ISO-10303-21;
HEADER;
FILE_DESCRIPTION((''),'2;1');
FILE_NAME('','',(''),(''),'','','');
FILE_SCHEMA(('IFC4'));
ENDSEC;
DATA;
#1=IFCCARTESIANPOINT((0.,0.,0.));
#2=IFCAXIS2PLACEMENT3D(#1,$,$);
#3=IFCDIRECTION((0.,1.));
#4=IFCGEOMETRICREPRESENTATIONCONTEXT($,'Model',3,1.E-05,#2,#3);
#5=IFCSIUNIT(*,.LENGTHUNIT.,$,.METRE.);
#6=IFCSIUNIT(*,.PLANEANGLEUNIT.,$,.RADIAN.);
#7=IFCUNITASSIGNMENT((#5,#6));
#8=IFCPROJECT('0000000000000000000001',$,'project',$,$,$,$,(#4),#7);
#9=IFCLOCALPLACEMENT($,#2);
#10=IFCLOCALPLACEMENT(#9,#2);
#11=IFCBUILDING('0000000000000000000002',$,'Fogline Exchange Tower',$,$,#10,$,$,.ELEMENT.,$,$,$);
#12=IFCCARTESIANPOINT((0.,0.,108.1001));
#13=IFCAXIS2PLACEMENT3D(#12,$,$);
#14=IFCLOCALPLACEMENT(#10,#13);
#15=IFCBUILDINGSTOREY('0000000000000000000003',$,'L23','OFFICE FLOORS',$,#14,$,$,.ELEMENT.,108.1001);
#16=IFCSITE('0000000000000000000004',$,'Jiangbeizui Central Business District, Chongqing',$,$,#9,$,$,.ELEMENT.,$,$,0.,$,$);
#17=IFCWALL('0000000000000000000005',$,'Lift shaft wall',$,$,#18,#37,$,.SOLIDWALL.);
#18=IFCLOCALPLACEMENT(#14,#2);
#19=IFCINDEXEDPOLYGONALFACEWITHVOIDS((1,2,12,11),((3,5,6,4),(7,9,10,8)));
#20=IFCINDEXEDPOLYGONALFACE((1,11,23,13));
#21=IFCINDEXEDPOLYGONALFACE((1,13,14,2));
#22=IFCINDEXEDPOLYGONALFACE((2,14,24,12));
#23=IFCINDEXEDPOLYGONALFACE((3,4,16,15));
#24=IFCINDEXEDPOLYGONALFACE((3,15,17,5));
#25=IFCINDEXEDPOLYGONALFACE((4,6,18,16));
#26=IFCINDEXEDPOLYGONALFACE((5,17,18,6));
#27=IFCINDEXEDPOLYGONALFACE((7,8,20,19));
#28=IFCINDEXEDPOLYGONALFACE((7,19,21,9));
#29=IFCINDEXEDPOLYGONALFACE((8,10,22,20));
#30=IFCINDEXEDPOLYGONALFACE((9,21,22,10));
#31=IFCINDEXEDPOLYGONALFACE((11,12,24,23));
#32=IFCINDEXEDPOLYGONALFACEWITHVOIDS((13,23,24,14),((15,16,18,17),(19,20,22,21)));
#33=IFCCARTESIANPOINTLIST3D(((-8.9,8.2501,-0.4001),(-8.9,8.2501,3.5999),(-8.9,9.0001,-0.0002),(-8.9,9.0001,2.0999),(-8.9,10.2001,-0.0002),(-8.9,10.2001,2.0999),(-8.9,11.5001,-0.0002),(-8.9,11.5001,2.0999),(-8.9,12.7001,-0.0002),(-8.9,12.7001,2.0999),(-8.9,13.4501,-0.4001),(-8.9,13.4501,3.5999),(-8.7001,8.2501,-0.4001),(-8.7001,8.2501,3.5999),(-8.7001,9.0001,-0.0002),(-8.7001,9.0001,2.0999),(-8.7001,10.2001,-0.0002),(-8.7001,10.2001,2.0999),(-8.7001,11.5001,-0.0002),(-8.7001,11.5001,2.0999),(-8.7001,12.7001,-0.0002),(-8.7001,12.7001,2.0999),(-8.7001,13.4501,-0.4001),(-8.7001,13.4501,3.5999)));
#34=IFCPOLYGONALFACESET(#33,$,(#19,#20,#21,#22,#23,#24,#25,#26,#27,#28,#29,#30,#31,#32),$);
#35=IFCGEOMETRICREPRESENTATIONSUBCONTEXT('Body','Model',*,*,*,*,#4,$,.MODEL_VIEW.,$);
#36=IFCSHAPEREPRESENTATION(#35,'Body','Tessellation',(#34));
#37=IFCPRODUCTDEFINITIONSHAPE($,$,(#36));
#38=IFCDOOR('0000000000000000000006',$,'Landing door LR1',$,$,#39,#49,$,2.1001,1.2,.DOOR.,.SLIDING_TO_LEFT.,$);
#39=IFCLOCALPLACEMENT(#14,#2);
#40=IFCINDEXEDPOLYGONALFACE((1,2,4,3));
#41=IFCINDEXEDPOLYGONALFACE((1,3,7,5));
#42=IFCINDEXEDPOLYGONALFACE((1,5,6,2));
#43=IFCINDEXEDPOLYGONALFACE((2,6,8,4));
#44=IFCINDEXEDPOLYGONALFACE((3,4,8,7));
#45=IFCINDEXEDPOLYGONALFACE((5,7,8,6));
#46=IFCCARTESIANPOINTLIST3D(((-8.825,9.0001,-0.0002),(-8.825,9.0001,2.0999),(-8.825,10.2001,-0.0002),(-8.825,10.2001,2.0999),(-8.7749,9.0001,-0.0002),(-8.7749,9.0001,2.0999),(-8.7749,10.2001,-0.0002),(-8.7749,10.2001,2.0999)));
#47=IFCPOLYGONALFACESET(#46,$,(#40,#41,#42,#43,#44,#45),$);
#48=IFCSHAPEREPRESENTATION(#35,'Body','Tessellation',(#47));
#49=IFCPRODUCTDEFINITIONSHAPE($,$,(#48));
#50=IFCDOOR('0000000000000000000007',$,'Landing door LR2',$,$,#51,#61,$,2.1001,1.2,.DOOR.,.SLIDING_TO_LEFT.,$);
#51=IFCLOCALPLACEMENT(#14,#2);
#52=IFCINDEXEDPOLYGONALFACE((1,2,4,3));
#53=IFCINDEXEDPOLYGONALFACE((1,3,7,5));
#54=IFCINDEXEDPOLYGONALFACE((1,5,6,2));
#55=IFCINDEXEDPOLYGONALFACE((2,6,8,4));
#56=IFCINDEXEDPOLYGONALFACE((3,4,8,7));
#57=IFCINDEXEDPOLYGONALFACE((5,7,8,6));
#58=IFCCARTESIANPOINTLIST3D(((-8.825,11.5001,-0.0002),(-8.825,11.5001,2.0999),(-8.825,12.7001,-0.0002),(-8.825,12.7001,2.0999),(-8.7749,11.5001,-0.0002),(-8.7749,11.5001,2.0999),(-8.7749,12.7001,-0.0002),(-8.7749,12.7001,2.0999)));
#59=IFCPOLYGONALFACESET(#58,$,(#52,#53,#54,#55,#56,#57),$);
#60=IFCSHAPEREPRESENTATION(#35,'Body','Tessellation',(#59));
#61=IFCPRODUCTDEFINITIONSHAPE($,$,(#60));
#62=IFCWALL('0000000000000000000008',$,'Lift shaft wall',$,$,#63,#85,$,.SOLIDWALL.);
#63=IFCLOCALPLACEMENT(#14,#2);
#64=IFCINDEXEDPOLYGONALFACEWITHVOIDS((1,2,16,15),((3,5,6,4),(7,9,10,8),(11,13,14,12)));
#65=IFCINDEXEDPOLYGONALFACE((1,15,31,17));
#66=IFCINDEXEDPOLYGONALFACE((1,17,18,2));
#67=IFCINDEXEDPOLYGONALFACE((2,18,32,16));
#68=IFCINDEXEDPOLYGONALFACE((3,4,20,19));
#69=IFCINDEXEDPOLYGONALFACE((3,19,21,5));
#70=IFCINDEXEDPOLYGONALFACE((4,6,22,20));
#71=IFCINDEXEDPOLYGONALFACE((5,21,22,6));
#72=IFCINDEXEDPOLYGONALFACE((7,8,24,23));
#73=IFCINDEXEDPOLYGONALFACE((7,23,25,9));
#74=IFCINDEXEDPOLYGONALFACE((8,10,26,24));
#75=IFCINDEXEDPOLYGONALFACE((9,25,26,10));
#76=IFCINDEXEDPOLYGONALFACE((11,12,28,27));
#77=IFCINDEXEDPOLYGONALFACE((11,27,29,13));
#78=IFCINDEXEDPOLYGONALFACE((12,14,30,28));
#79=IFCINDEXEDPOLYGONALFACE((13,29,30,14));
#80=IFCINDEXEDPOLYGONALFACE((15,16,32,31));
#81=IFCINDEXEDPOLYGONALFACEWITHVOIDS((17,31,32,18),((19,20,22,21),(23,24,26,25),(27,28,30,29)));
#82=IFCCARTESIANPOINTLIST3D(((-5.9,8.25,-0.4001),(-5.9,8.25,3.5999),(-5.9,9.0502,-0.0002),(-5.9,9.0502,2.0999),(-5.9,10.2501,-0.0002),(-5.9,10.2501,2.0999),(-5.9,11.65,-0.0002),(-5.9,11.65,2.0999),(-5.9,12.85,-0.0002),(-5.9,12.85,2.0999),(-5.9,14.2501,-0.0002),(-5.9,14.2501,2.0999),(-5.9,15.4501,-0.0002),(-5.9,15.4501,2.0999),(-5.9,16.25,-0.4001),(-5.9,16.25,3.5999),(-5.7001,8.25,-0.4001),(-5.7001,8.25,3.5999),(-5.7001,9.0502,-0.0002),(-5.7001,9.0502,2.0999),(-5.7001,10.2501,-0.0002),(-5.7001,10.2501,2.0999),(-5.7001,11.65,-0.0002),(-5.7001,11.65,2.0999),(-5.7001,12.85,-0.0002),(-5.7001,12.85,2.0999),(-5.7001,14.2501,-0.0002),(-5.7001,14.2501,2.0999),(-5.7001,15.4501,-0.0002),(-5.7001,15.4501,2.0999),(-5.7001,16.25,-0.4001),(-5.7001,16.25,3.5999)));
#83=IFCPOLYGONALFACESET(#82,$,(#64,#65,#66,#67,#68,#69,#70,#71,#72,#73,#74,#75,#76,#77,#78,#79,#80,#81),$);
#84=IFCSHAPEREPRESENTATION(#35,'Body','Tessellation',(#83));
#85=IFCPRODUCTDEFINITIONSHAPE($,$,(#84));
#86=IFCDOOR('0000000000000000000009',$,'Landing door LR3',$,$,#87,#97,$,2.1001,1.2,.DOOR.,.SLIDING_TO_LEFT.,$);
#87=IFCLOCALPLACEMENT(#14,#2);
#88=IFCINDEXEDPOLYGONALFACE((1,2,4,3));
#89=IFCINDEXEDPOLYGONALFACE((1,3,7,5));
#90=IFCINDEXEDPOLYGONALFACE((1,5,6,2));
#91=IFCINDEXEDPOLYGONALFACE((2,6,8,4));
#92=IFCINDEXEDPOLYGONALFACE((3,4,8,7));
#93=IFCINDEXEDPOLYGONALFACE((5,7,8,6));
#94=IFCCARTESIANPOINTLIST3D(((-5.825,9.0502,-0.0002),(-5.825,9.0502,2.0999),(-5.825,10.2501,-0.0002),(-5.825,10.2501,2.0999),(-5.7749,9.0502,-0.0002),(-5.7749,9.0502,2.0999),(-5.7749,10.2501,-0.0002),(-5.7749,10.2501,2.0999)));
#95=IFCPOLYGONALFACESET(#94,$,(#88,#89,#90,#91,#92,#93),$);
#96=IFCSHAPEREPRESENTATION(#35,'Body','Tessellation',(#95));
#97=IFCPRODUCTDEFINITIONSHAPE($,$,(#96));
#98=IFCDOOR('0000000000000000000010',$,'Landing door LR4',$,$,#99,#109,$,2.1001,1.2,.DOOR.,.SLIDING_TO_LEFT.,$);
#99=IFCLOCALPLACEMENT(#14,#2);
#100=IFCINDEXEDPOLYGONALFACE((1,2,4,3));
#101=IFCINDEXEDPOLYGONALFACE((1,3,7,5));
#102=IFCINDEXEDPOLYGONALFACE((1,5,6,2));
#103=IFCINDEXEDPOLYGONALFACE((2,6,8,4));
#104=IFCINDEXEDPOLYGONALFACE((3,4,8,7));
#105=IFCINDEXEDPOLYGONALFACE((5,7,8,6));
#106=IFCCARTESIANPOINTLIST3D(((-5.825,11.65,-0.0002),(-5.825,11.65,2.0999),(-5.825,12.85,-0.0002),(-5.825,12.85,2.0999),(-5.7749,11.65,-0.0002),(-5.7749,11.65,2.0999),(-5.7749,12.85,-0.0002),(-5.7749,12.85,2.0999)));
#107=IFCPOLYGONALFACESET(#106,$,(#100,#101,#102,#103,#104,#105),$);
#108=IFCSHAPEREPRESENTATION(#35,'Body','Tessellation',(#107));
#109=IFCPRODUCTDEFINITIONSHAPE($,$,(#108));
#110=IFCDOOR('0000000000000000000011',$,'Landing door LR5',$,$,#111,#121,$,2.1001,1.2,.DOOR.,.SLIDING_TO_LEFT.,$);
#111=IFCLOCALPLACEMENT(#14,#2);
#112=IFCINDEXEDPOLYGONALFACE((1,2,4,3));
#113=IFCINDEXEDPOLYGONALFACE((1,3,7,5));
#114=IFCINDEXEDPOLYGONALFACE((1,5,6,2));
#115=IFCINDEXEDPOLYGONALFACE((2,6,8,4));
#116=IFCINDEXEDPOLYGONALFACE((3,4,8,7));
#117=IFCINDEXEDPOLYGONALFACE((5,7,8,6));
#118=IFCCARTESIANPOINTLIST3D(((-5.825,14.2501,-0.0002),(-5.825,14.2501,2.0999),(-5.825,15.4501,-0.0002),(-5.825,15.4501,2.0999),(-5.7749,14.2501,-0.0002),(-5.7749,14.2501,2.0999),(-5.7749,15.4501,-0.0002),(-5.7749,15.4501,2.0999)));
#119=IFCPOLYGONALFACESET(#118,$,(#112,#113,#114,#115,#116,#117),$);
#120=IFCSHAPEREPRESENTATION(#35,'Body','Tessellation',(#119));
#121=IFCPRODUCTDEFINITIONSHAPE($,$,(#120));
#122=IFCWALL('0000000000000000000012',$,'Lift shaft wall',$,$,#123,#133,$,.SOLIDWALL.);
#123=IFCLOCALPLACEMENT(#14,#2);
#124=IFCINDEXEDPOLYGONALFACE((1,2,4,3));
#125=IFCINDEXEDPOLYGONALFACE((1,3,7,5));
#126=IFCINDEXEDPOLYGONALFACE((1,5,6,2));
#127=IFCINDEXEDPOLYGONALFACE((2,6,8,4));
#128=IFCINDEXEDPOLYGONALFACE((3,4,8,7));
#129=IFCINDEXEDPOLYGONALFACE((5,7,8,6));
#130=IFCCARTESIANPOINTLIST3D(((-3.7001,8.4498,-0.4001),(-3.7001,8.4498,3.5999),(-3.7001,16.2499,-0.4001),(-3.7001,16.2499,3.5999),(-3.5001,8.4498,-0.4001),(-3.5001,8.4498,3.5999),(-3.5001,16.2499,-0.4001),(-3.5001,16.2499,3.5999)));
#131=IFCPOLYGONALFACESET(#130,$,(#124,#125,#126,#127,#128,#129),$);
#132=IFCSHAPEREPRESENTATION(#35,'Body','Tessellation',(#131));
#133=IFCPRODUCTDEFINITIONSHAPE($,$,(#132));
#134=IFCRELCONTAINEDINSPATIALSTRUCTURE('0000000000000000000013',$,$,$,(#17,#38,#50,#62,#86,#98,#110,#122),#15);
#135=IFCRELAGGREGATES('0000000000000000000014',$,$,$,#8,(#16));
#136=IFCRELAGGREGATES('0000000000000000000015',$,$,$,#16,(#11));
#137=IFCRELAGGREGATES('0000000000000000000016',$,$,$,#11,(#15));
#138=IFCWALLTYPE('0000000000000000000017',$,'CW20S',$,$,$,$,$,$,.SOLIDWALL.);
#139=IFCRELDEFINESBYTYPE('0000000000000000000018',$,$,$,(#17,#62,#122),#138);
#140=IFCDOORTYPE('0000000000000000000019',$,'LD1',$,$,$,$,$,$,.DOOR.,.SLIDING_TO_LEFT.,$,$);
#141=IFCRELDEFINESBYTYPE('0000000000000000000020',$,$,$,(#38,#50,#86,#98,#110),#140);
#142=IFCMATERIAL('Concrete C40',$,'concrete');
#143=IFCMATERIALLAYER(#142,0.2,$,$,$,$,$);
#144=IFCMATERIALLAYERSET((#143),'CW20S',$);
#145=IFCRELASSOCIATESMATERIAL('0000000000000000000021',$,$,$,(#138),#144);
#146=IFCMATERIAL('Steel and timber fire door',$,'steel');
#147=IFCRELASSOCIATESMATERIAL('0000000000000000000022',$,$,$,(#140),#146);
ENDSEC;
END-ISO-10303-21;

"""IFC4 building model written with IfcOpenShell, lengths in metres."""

from ifc_helpers import new_model, si_unit, direction, frame, frame_2d, origin, place, context, subcontext, project, spatial, rectangle, extrude, material, layer, layer_set, type_object, element, fill, save


model = new_model("IFC4")

# Units and contexts
model_context = context("Model", 3, precision=1e-05, world=origin(), true_north=direction((0.0, 1.0)))
body_context = subcontext(model_context, "Body", "Model", "MODEL_VIEW")
ifc_project = project(units=[si_unit("LENGTHUNIT", "METRE"), si_unit("PLANEANGLEUNIT", "RADIAN")], contexts=[model_context])

# Site, building, storey
site_placement = place(None, origin())
site = spatial("IfcSite", under=ifc_project, at=site_placement, Name="Jiangbeizui Central Business District, Chongqing", CompositionType="ELEMENT", RefElevation=0.0)
building_placement = place(site_placement, origin())
building = spatial("IfcBuilding", under=site, at=building_placement, Name="Fogline Exchange Tower", CompositionType="ELEMENT")
storey_placement = place(building_placement, frame((0.0, 0.0, 108.1001)))
storey = spatial("IfcBuildingStorey", under=building, at=storey_placement, Name="L23", Description="OFFICE FLOORS", CompositionType="ELEMENT", Elevation=108.1001)

# Shared definitions
ifc_material_1 = material(Name="Steel and timber fire door", Category="steel")

# Shared definitions
ifc_material_2 = material(Name="Concrete C40", Category="concrete")

# Walls, openings, doors
ifc_layer_1 = layer(ifc_material_2, 0.2)
ifc_layer_set_1 = layer_set([ifc_layer_1], Name="CW20S")
wall_type_1 = type_object("IfcWallType", Name="CW20S", PredefinedType="SOLIDWALL", material=ifc_layer_set_1)
wall_1_placement = place(storey_placement, frame((-8.8, 8.25, -0.4001), z_axis=(0.0, 0.0, 1.0), x_axis=(0.0, 1.0, 0.0)))
wall_1 = element("IfcWall", 1, at=wall_1_placement, inside=storey, type_object=wall_type_1, Name="Lift shaft wall", PredefinedType="SOLIDWALL", context=body_context, shape_type="SweptSolid", body=[
    extrude(rectangle(XDim=5.2, YDim=0.2, at=frame_2d((2.6001, 0.0))), origin(), (0.0, 0.0, 1.0), 4.0),
])
opening_1_placement = place(wall_1_placement, frame((0.75, 0.0, 0.3999)))
opening_1 = element("IfcOpeningElement", 2, at=opening_1_placement, cuts=wall_1, PredefinedType="OPENING", context=body_context, shape_type="SweptSolid", body=[
    extrude(rectangle(XDim=1.2, YDim=2.1001, at=frame_2d((0.6001, 1.05))), frame((0.0, 0.1099, 0.0), z_axis=(0.0, -1.0, 0.0), x_axis=(1.0, 0.0, 0.0)), (0.0, 0.0, 1.0), 0.22),
])
opening_2_placement = place(wall_1_placement, frame((3.25, 0.0, 0.3999)))
opening_2 = element("IfcOpeningElement", 3, at=opening_2_placement, cuts=wall_1, PredefinedType="OPENING", context=body_context, shape_type="SweptSolid", body=[
    extrude(rectangle(XDim=1.2, YDim=2.1001, at=frame_2d((0.6001, 1.05))), frame((0.0, 0.1099, 0.0), z_axis=(0.0, -1.0, 0.0), x_axis=(1.0, 0.0, 0.0)), (0.0, 0.0, 1.0), 0.22),
])
door_type_1 = type_object("IfcDoorType", Name="LD1", OperationType="SLIDING_TO_LEFT", PredefinedType="DOOR", material=ifc_material_1)
door_1_placement = place(opening_1_placement, origin())
door_1 = element("IfcDoor", 4, at=door_1_placement, inside=storey, type_object=door_type_1, Name="Landing door LR1", OperationType="SLIDING_TO_LEFT", OverallHeight=2.1001, OverallWidth=1.2, PredefinedType="DOOR", context=body_context, shape_type="SweptSolid", body=[
    extrude(rectangle(XDim=1.2, YDim=2.1001, at=frame_2d((0.6001, 1.05))), frame((0.0, 0.0249, 0.0), z_axis=(0.0, -1.0, 0.0), x_axis=(1.0, 0.0, 0.0)), (0.0, 0.0, 1.0), 0.05),
])
fill(opening_1, door_1)
door_2_placement = place(opening_2_placement, origin())
door_2 = element("IfcDoor", 5, at=door_2_placement, inside=storey, type_object=door_type_1, Name="Landing door LR2", OperationType="SLIDING_TO_LEFT", OverallHeight=2.1001, OverallWidth=1.2, PredefinedType="DOOR", context=body_context, shape_type="SweptSolid", body=[
    extrude(rectangle(XDim=1.2, YDim=2.1001, at=frame_2d((0.6001, 1.05))), frame((0.0, 0.0249, 0.0), z_axis=(0.0, -1.0, 0.0), x_axis=(1.0, 0.0, 0.0)), (0.0, 0.0, 1.0), 0.05),
])
fill(opening_2, door_2)
wall_2_placement = place(storey_placement, frame((-5.8, 8.25, -0.4001), z_axis=(0.0, 0.0, 1.0), x_axis=(0.0, 1.0, 0.0)))
wall_2 = element("IfcWall", 6, at=wall_2_placement, inside=storey, type_object=wall_type_1, Name="Lift shaft wall", PredefinedType="SOLIDWALL", context=body_context, shape_type="SweptSolid", body=[
    extrude(rectangle(XDim=8.0, YDim=0.2, at=frame_2d((4.0, 0.0))), origin(), (0.0, 0.0, 1.0), 4.0),
])
opening_3_placement = place(wall_2_placement, frame((0.8, 0.0, 0.3999)))
opening_3 = element("IfcOpeningElement", 7, at=opening_3_placement, cuts=wall_2, PredefinedType="OPENING", context=body_context, shape_type="SweptSolid", body=[
    extrude(rectangle(XDim=1.2, YDim=2.1001, at=frame_2d((0.6001, 1.05))), frame((0.0, 0.1099, 0.0), z_axis=(0.0, -1.0, 0.0), x_axis=(1.0, 0.0, 0.0)), (0.0, 0.0, 1.0), 0.22),
])
opening_4_placement = place(wall_2_placement, frame((3.3999, 0.0, 0.3999)))
opening_4 = element("IfcOpeningElement", 8, at=opening_4_placement, cuts=wall_2, PredefinedType="OPENING", context=body_context, shape_type="SweptSolid", body=[
    extrude(rectangle(XDim=1.2, YDim=2.1001, at=frame_2d((0.6001, 1.05))), frame((0.0, 0.1099, 0.0), z_axis=(0.0, -1.0, 0.0), x_axis=(1.0, 0.0, 0.0)), (0.0, 0.0, 1.0), 0.22),
])
opening_5_placement = place(wall_2_placement, frame((6.0, 0.0, 0.3999)))
opening_5 = element("IfcOpeningElement", 9, at=opening_5_placement, cuts=wall_2, PredefinedType="OPENING", context=body_context, shape_type="SweptSolid", body=[
    extrude(rectangle(XDim=1.2, YDim=2.1001, at=frame_2d((0.6001, 1.05))), frame((0.0, 0.1099, 0.0), z_axis=(0.0, -1.0, 0.0), x_axis=(1.0, 0.0, 0.0)), (0.0, 0.0, 1.0), 0.22),
])
door_3_placement = place(opening_3_placement, origin())
door_3 = element("IfcDoor", 10, at=door_3_placement, inside=storey, type_object=door_type_1, Name="Landing door LR3", OperationType="SLIDING_TO_LEFT", OverallHeight=2.1001, OverallWidth=1.2, PredefinedType="DOOR", context=body_context, shape_type="SweptSolid", body=[
    extrude(rectangle(XDim=1.2, YDim=2.1001, at=frame_2d((0.6001, 1.05))), frame((0.0, 0.0249, 0.0), z_axis=(0.0, -1.0, 0.0), x_axis=(1.0, 0.0, 0.0)), (0.0, 0.0, 1.0), 0.05),
])
fill(opening_3, door_3)
door_4_placement = place(opening_4_placement, origin())
door_4 = element("IfcDoor", 11, at=door_4_placement, inside=storey, type_object=door_type_1, Name="Landing door LR4", OperationType="SLIDING_TO_LEFT", OverallHeight=2.1001, OverallWidth=1.2, PredefinedType="DOOR", context=body_context, shape_type="SweptSolid", body=[
    extrude(rectangle(XDim=1.2, YDim=2.1001, at=frame_2d((0.6001, 1.05))), frame((0.0, 0.0249, 0.0), z_axis=(0.0, -1.0, 0.0), x_axis=(1.0, 0.0, 0.0)), (0.0, 0.0, 1.0), 0.05),
])
fill(opening_4, door_4)
door_5_placement = place(opening_5_placement, origin())
door_5 = element("IfcDoor", 12, at=door_5_placement, inside=storey, type_object=door_type_1, Name="Landing door LR5", OperationType="SLIDING_TO_LEFT", OverallHeight=2.1001, OverallWidth=1.2, PredefinedType="DOOR", context=body_context, shape_type="SweptSolid", body=[
    extrude(rectangle(XDim=1.2, YDim=2.1001, at=frame_2d((0.6001, 1.05))), frame((0.0, 0.0249, 0.0), z_axis=(0.0, -1.0, 0.0), x_axis=(1.0, 0.0, 0.0)), (0.0, 0.0, 1.0), 0.05),
])
fill(opening_5, door_5)

# Wall
wall_3_placement = place(storey_placement, frame((-3.6001, 8.45, -0.4001), z_axis=(0.0, 0.0, 1.0), x_axis=(0.0, 1.0, 0.0)))
element("IfcWall", 13, at=wall_3_placement, inside=storey, type_object=wall_type_1, Name="Lift shaft wall", PredefinedType="SOLIDWALL", context=body_context, shape_type="SweptSolid", body=[
    extrude(rectangle(XDim=7.8, YDim=0.2, at=frame_2d((3.8999, 0.0))), origin(), (0.0, 0.0, 1.0), 4.0),
])

save(model, "model.ifc")
